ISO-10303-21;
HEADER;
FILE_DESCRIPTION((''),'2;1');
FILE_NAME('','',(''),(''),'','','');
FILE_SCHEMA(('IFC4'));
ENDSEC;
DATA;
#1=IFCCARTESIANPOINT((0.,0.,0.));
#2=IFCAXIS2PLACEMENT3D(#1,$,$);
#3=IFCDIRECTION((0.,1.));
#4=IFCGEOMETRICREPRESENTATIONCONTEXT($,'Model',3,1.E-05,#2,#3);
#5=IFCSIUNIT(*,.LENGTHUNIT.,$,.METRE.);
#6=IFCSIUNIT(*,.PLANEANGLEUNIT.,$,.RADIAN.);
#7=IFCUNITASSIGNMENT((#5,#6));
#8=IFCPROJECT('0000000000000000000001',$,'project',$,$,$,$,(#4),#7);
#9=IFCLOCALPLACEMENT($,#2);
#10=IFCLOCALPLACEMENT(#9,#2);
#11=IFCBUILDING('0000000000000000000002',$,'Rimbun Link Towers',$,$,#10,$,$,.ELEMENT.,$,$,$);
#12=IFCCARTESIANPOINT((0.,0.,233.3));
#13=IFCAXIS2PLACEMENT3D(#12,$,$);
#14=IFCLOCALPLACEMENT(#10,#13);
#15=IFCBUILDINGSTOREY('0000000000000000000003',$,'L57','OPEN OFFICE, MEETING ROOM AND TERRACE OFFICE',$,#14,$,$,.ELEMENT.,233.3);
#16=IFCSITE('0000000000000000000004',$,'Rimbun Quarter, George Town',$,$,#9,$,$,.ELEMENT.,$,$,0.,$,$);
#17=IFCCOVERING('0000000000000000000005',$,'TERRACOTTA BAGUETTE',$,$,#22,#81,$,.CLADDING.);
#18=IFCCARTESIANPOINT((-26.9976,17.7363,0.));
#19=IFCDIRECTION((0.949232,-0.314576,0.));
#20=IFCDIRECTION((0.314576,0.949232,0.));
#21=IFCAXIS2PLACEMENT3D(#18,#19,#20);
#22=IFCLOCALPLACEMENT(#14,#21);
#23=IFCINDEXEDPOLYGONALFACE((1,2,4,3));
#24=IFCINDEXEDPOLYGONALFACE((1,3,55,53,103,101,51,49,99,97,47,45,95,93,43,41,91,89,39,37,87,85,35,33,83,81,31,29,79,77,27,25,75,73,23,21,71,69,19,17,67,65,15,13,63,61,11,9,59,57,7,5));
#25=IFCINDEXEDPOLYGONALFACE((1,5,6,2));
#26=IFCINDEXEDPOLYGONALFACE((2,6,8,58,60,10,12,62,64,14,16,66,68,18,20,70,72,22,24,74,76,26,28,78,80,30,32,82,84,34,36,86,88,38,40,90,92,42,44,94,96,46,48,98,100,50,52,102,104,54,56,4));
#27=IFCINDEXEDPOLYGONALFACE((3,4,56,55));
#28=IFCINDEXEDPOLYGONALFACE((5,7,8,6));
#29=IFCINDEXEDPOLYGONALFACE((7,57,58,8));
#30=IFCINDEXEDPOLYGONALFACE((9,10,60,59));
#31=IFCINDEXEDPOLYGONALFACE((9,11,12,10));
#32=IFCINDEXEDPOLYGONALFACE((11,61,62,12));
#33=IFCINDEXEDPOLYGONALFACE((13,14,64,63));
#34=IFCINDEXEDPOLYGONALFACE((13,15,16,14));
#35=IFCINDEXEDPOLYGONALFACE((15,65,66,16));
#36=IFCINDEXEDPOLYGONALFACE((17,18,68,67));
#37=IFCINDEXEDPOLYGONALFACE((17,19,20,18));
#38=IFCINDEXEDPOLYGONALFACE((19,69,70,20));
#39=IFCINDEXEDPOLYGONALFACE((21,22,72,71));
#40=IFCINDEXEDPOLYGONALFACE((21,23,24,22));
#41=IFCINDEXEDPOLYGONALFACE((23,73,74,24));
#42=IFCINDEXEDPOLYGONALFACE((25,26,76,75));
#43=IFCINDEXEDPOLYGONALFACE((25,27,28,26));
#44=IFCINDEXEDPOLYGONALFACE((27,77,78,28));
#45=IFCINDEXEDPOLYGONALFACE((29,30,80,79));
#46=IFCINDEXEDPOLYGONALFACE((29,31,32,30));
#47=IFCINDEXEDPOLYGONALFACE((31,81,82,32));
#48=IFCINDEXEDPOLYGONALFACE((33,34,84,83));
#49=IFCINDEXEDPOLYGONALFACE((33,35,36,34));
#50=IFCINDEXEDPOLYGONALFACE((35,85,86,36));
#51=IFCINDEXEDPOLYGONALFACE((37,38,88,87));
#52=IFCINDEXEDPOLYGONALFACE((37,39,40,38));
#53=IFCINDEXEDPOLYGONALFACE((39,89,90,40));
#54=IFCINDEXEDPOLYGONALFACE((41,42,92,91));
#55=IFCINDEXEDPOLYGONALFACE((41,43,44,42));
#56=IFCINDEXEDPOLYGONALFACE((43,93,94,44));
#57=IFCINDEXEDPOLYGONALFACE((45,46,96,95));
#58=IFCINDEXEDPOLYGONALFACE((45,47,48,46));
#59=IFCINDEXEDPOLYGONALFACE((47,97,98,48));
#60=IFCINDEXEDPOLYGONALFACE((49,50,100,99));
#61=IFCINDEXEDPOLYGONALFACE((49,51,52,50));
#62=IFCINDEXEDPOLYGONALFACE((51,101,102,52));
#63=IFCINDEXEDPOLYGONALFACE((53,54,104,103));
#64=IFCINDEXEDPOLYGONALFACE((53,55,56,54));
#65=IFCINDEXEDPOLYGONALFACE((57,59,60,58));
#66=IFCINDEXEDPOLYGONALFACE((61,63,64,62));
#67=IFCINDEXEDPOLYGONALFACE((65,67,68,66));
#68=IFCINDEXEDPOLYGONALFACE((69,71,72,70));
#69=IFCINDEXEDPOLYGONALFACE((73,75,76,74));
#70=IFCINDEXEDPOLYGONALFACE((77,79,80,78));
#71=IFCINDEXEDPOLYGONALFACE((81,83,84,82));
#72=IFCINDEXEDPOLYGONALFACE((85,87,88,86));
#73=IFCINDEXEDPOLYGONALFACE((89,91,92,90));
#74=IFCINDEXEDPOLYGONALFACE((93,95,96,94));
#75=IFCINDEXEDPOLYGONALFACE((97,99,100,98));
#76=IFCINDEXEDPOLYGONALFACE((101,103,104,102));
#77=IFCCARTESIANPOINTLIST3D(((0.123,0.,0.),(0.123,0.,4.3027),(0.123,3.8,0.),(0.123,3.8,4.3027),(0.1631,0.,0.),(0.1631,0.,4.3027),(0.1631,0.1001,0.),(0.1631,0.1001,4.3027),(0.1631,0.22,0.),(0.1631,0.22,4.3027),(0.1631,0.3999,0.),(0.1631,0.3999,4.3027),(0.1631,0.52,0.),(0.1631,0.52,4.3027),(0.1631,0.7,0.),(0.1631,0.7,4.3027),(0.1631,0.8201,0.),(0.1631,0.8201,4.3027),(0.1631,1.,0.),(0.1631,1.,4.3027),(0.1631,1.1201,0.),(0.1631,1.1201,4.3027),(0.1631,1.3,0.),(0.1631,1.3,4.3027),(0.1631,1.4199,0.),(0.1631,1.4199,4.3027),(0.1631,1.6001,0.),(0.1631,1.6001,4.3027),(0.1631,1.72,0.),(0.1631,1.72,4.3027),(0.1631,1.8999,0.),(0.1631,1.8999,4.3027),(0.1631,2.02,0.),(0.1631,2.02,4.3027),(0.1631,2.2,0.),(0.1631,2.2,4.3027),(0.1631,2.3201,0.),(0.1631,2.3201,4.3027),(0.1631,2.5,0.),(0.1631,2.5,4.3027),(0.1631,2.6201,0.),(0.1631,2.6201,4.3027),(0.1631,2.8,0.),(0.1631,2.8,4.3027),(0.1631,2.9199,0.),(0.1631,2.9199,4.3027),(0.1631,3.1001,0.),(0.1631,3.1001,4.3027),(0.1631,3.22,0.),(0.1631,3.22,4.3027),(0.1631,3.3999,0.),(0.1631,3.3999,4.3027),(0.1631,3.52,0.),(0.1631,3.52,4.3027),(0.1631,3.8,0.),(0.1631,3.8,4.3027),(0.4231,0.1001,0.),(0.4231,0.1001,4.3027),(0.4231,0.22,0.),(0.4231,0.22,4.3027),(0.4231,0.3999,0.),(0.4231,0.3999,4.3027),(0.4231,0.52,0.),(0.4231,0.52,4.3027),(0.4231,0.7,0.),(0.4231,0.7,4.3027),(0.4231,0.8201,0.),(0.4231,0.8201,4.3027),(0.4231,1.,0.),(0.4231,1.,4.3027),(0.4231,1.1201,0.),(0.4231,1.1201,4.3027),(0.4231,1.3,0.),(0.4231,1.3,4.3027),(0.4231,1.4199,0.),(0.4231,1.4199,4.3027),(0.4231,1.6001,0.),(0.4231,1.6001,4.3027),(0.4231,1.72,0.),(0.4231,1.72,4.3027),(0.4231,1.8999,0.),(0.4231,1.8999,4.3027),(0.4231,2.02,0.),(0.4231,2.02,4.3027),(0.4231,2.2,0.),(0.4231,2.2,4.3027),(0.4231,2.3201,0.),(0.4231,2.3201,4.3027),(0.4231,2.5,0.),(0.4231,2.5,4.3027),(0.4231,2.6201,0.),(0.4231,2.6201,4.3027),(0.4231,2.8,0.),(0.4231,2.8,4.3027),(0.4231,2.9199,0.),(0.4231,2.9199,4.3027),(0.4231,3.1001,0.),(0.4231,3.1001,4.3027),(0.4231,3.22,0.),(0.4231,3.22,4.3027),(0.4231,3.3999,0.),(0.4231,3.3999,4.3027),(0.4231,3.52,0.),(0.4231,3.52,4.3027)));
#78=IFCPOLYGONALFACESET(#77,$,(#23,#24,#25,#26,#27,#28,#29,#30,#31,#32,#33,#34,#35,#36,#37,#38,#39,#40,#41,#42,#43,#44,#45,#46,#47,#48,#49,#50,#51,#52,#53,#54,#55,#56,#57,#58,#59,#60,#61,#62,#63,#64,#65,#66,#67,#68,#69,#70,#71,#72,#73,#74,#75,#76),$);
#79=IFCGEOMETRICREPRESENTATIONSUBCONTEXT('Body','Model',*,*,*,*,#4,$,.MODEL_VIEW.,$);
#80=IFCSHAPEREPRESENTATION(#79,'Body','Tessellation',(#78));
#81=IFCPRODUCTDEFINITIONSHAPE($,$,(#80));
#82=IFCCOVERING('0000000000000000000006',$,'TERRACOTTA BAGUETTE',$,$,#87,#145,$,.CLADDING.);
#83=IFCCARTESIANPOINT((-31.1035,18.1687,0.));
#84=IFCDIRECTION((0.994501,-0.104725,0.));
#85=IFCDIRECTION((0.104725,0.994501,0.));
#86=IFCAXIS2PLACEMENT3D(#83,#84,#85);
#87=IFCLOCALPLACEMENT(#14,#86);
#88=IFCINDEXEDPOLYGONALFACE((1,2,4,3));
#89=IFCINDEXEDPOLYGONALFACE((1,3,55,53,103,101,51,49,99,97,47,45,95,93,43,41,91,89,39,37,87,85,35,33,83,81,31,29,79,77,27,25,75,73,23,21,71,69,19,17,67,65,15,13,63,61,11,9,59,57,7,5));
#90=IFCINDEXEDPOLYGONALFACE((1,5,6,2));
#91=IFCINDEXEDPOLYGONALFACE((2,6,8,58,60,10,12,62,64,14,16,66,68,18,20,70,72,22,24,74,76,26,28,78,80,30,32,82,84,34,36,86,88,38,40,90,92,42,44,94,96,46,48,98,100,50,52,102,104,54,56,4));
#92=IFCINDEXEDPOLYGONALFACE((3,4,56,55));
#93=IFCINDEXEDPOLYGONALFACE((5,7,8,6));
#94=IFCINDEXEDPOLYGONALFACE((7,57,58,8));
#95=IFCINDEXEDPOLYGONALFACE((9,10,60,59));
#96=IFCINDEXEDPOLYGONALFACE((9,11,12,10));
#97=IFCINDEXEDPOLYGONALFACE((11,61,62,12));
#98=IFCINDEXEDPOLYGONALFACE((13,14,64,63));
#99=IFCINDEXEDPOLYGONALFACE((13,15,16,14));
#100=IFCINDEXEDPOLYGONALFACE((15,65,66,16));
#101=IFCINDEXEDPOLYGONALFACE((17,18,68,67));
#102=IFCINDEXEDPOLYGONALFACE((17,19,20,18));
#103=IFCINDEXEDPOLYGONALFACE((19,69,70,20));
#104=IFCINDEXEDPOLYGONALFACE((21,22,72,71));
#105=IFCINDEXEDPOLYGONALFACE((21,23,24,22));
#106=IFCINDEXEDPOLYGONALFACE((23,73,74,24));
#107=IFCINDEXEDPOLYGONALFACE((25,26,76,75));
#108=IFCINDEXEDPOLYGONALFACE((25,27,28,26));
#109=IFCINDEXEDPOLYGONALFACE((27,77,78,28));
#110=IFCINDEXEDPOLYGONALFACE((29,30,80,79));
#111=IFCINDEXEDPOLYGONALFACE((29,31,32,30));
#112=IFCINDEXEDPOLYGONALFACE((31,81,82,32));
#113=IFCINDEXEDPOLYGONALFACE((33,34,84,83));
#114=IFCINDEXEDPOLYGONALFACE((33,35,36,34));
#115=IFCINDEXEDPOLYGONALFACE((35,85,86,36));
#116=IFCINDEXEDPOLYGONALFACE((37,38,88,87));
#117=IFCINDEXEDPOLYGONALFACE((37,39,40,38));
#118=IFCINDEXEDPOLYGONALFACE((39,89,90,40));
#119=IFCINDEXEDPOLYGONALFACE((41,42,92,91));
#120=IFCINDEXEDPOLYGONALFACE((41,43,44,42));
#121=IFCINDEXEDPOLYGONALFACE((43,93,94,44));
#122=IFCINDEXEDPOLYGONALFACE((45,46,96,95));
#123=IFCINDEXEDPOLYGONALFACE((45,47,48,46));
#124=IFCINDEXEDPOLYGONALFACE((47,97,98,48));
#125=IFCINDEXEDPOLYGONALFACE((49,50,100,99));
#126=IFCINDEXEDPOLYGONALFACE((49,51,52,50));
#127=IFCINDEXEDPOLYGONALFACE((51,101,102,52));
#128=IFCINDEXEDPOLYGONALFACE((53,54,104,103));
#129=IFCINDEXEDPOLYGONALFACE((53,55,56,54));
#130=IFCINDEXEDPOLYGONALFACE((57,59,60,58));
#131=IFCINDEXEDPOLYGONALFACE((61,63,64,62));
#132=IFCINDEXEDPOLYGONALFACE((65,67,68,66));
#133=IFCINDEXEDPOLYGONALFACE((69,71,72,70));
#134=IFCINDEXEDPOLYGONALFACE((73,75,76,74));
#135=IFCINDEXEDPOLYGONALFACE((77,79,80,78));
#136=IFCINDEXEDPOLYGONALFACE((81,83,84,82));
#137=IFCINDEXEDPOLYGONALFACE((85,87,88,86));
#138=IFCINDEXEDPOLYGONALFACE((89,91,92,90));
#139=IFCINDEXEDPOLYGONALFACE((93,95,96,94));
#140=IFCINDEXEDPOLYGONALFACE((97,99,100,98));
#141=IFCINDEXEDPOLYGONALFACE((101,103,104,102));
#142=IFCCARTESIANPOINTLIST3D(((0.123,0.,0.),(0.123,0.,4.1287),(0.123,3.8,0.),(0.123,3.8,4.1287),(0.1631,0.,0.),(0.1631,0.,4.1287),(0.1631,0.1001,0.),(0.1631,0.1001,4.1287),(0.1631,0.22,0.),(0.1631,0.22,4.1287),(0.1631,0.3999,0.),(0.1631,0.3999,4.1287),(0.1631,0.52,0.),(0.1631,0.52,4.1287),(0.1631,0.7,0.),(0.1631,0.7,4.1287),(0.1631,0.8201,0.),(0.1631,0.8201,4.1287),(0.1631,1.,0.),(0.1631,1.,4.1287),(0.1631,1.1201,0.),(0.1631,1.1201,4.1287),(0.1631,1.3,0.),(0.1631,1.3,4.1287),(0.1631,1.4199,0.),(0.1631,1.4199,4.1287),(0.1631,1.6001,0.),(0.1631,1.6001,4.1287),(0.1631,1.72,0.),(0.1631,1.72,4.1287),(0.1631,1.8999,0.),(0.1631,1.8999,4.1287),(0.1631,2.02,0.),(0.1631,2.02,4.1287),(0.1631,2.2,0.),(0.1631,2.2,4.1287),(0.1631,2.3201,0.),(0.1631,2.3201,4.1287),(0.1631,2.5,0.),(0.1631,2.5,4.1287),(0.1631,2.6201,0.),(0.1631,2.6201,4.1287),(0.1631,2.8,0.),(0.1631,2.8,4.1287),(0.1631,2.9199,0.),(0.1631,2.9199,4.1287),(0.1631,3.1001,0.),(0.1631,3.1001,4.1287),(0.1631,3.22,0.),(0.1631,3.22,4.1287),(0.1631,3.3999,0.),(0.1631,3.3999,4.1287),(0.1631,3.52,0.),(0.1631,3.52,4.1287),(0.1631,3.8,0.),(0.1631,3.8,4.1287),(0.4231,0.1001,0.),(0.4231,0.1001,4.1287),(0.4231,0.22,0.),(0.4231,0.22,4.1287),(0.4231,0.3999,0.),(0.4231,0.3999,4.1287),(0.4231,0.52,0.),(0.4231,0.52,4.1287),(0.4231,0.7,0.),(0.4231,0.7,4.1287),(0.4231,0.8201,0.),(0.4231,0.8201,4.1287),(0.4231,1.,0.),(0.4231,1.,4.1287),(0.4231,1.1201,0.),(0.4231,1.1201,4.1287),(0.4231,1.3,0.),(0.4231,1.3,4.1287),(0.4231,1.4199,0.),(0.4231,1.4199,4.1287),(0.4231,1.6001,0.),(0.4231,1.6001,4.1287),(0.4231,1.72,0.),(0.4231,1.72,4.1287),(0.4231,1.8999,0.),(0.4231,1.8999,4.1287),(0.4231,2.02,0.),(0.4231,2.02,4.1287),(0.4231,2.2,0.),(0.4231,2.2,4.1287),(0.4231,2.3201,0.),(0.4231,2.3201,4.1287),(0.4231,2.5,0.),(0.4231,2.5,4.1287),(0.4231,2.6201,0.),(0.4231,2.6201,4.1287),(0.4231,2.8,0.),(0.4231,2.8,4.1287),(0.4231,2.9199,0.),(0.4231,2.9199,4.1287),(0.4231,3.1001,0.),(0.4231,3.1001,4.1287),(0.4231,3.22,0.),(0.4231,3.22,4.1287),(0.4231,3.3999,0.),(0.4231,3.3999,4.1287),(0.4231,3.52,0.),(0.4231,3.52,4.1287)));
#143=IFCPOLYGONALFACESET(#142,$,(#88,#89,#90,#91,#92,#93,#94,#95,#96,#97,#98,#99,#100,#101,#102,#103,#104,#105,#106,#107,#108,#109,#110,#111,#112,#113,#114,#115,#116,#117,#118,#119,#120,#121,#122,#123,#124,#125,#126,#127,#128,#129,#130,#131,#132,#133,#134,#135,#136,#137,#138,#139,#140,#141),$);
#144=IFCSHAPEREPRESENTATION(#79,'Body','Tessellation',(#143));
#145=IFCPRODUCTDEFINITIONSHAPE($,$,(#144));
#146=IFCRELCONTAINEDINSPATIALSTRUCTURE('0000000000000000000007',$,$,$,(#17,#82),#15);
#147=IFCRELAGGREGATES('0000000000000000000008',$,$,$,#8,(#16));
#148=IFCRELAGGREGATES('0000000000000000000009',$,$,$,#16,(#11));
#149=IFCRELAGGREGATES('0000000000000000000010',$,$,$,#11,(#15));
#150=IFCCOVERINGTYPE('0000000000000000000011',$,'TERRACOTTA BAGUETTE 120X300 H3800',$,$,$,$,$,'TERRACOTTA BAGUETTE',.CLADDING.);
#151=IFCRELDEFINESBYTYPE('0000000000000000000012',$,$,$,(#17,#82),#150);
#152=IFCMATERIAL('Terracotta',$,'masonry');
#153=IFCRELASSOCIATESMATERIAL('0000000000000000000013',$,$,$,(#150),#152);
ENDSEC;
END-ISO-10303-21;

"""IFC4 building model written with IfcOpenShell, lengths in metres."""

from ifc_helpers import new_model, si_unit, direction, frame, origin, place, context, subcontext, project, spatial, polyline, outline, extrude, material, material_profile, profile_set, type_object, element, save


model = new_model("IFC4")

# Units and contexts
model_context = context("Model", 3, precision=1e-05, world=origin(), true_north=direction((0.0, 1.0)))
body_context = subcontext(model_context, "Body", "Model", "MODEL_VIEW")
ifc_project = project(units=[si_unit("LENGTHUNIT", "METRE"), si_unit("PLANEANGLEUNIT", "RADIAN")], contexts=[model_context])

# Site, building, storey
site_placement = place(None, origin())
site = spatial("IfcSite", under=ifc_project, at=site_placement, Name="Rimbun Quarter, George Town", CompositionType="ELEMENT", RefElevation=0.0)
building_placement = place(site_placement, origin())
building = spatial("IfcBuilding", under=site, at=building_placement, Name="Rimbun Link Towers", CompositionType="ELEMENT")
storey_placement = place(building_placement, frame((0.0, 0.0, 233.3)))
storey = spatial("IfcBuildingStorey", under=building, at=storey_placement, Name="L57", Description="OPEN OFFICE, MEETING ROOM AND TERRACE OFFICE", CompositionType="ELEMENT", Elevation=233.3)

# Coverings
ifc_material_1 = material(Name="Terracotta", Category="masonry")
ifc_material_profile_1 = material_profile(ifc_material_1, outline(polyline([(0.123, 0.0), (0.1631, 0.0), (0.1631, 0.1001), (0.4231, 0.1001), (0.4231, 0.22), (0.1631, 0.22), (0.1631, 0.3999), (0.4231, 0.3999), (0.4231, 0.52), (0.1631, 0.52), (0.1631, 0.7), (0.4231, 0.7), (0.4231, 0.8201), (0.1631, 0.8201), (0.1631, 1.0), (0.4231, 1.0), (0.4231, 1.1201), (0.1631, 1.1201), (0.1631, 1.3), (0.4231, 1.3), (0.4231, 1.4199), (0.1631, 1.4199), (0.1631, 1.6001), (0.4231, 1.6001), (0.4231, 1.72), (0.1631, 1.72), (0.1631, 1.8999), (0.4231, 1.8999), (0.4231, 2.02), (0.1631, 2.02), (0.1631, 2.2), (0.4231, 2.2), (0.4231, 2.3201), (0.1631, 2.3201), (0.1631, 2.5), (0.4231, 2.5), (0.4231, 2.6201), (0.1631, 2.6201), (0.1631, 2.8), (0.4231, 2.8), (0.4231, 2.9199), (0.1631, 2.9199), (0.1631, 3.1001), (0.4231, 3.1001), (0.4231, 3.22), (0.1631, 3.22), (0.1631, 3.3999), (0.4231, 3.3999), (0.4231, 3.52), (0.1631, 3.52), (0.1631, 3.8), (0.123, 3.8), (0.123, 0.0)])), Name="BAGUETTE 120X300")
ifc_profile_set_1 = profile_set([ifc_material_profile_1], Name="Terracotta")
covering_type = type_object("IfcCoveringType", Name="TERRACOTTA BAGUETTE 120X300 H3800", ElementType="TERRACOTTA BAGUETTE", PredefinedType="CLADDING", material=ifc_profile_set_1)
covering_1_placement = place(storey_placement, frame((-26.9976, 17.7363, 0.0), z_axis=(0.949232, -0.314576, 0.0), x_axis=(0.314576, 0.949232, 0.0)))
element("IfcCovering", 1, at=covering_1_placement, inside=storey, type_object=covering_type, Name="TERRACOTTA BAGUETTE", PredefinedType="CLADDING", context=body_context, shape_type="SweptSolid", body=[
    extrude(outline(polyline([(0.123, 0.0), (0.1631, 0.0), (0.1631, 0.1001), (0.4231, 0.1001), (0.4231, 0.22), (0.1631, 0.22), (0.1631, 0.3999), (0.4231, 0.3999), (0.4231, 0.52), (0.1631, 0.52), (0.1631, 0.7), (0.4231, 0.7), (0.4231, 0.8201), (0.1631, 0.8201), (0.1631, 1.0), (0.4231, 1.0), (0.4231, 1.1201), (0.1631, 1.1201), (0.1631, 1.3), (0.4231, 1.3), (0.4231, 1.4199), (0.1631, 1.4199), (0.1631, 1.6001), (0.4231, 1.6001), (0.4231, 1.72), (0.1631, 1.72), (0.1631, 1.8999), (0.4231, 1.8999), (0.4231, 2.02), (0.1631, 2.02), (0.1631, 2.2), (0.4231, 2.2), (0.4231, 2.3201), (0.1631, 2.3201), (0.1631, 2.5), (0.4231, 2.5), (0.4231, 2.6201), (0.1631, 2.6201), (0.1631, 2.8), (0.4231, 2.8), (0.4231, 2.9199), (0.1631, 2.9199), (0.1631, 3.1001), (0.4231, 3.1001), (0.4231, 3.22), (0.1631, 3.22), (0.1631, 3.3999), (0.4231, 3.3999), (0.4231, 3.52), (0.1631, 3.52), (0.1631, 3.8), (0.123, 3.8), (0.123, 0.0)])), origin(), (0.0, 0.0, 1.0), 4.3027),
])
covering_2_placement = place(storey_placement, frame((-31.1035, 18.1687, 0.0), z_axis=(0.994501, -0.104725, 0.0), x_axis=(0.104725, 0.994501, 0.0)))
element("IfcCovering", 2, at=covering_2_placement, inside=storey, type_object=covering_type, Name="TERRACOTTA BAGUETTE", PredefinedType="CLADDING", context=body_context, shape_type="SweptSolid", body=[
    extrude(outline(polyline([(0.123, 0.0), (0.1631, 0.0), (0.1631, 0.1001), (0.4231, 0.1001), (0.4231, 0.22), (0.1631, 0.22), (0.1631, 0.3999), (0.4231, 0.3999), (0.4231, 0.52), (0.1631, 0.52), (0.1631, 0.7), (0.4231, 0.7), (0.4231, 0.8201), (0.1631, 0.8201), (0.1631, 1.0), (0.4231, 1.0), (0.4231, 1.1201), (0.1631, 1.1201), (0.1631, 1.3), (0.4231, 1.3), (0.4231, 1.4199), (0.1631, 1.4199), (0.1631, 1.6001), (0.4231, 1.6001), (0.4231, 1.72), (0.1631, 1.72), (0.1631, 1.8999), (0.4231, 1.8999), (0.4231, 2.02), (0.1631, 2.02), (0.1631, 2.2), (0.4231, 2.2), (0.4231, 2.3201), (0.1631, 2.3201), (0.1631, 2.5), (0.4231, 2.5), (0.4231, 2.6201), (0.1631, 2.6201), (0.1631, 2.8), (0.4231, 2.8), (0.4231, 2.9199), (0.1631, 2.9199), (0.1631, 3.1001), (0.4231, 3.1001), (0.4231, 3.22), (0.1631, 3.22), (0.1631, 3.3999), (0.4231, 3.3999), (0.4231, 3.52), (0.1631, 3.52), (0.1631, 3.8), (0.123, 3.8), (0.123, 0.0)])), origin(), (0.0, 0.0, 1.0), 4.1287),
])

save(model, "model.ifc")
